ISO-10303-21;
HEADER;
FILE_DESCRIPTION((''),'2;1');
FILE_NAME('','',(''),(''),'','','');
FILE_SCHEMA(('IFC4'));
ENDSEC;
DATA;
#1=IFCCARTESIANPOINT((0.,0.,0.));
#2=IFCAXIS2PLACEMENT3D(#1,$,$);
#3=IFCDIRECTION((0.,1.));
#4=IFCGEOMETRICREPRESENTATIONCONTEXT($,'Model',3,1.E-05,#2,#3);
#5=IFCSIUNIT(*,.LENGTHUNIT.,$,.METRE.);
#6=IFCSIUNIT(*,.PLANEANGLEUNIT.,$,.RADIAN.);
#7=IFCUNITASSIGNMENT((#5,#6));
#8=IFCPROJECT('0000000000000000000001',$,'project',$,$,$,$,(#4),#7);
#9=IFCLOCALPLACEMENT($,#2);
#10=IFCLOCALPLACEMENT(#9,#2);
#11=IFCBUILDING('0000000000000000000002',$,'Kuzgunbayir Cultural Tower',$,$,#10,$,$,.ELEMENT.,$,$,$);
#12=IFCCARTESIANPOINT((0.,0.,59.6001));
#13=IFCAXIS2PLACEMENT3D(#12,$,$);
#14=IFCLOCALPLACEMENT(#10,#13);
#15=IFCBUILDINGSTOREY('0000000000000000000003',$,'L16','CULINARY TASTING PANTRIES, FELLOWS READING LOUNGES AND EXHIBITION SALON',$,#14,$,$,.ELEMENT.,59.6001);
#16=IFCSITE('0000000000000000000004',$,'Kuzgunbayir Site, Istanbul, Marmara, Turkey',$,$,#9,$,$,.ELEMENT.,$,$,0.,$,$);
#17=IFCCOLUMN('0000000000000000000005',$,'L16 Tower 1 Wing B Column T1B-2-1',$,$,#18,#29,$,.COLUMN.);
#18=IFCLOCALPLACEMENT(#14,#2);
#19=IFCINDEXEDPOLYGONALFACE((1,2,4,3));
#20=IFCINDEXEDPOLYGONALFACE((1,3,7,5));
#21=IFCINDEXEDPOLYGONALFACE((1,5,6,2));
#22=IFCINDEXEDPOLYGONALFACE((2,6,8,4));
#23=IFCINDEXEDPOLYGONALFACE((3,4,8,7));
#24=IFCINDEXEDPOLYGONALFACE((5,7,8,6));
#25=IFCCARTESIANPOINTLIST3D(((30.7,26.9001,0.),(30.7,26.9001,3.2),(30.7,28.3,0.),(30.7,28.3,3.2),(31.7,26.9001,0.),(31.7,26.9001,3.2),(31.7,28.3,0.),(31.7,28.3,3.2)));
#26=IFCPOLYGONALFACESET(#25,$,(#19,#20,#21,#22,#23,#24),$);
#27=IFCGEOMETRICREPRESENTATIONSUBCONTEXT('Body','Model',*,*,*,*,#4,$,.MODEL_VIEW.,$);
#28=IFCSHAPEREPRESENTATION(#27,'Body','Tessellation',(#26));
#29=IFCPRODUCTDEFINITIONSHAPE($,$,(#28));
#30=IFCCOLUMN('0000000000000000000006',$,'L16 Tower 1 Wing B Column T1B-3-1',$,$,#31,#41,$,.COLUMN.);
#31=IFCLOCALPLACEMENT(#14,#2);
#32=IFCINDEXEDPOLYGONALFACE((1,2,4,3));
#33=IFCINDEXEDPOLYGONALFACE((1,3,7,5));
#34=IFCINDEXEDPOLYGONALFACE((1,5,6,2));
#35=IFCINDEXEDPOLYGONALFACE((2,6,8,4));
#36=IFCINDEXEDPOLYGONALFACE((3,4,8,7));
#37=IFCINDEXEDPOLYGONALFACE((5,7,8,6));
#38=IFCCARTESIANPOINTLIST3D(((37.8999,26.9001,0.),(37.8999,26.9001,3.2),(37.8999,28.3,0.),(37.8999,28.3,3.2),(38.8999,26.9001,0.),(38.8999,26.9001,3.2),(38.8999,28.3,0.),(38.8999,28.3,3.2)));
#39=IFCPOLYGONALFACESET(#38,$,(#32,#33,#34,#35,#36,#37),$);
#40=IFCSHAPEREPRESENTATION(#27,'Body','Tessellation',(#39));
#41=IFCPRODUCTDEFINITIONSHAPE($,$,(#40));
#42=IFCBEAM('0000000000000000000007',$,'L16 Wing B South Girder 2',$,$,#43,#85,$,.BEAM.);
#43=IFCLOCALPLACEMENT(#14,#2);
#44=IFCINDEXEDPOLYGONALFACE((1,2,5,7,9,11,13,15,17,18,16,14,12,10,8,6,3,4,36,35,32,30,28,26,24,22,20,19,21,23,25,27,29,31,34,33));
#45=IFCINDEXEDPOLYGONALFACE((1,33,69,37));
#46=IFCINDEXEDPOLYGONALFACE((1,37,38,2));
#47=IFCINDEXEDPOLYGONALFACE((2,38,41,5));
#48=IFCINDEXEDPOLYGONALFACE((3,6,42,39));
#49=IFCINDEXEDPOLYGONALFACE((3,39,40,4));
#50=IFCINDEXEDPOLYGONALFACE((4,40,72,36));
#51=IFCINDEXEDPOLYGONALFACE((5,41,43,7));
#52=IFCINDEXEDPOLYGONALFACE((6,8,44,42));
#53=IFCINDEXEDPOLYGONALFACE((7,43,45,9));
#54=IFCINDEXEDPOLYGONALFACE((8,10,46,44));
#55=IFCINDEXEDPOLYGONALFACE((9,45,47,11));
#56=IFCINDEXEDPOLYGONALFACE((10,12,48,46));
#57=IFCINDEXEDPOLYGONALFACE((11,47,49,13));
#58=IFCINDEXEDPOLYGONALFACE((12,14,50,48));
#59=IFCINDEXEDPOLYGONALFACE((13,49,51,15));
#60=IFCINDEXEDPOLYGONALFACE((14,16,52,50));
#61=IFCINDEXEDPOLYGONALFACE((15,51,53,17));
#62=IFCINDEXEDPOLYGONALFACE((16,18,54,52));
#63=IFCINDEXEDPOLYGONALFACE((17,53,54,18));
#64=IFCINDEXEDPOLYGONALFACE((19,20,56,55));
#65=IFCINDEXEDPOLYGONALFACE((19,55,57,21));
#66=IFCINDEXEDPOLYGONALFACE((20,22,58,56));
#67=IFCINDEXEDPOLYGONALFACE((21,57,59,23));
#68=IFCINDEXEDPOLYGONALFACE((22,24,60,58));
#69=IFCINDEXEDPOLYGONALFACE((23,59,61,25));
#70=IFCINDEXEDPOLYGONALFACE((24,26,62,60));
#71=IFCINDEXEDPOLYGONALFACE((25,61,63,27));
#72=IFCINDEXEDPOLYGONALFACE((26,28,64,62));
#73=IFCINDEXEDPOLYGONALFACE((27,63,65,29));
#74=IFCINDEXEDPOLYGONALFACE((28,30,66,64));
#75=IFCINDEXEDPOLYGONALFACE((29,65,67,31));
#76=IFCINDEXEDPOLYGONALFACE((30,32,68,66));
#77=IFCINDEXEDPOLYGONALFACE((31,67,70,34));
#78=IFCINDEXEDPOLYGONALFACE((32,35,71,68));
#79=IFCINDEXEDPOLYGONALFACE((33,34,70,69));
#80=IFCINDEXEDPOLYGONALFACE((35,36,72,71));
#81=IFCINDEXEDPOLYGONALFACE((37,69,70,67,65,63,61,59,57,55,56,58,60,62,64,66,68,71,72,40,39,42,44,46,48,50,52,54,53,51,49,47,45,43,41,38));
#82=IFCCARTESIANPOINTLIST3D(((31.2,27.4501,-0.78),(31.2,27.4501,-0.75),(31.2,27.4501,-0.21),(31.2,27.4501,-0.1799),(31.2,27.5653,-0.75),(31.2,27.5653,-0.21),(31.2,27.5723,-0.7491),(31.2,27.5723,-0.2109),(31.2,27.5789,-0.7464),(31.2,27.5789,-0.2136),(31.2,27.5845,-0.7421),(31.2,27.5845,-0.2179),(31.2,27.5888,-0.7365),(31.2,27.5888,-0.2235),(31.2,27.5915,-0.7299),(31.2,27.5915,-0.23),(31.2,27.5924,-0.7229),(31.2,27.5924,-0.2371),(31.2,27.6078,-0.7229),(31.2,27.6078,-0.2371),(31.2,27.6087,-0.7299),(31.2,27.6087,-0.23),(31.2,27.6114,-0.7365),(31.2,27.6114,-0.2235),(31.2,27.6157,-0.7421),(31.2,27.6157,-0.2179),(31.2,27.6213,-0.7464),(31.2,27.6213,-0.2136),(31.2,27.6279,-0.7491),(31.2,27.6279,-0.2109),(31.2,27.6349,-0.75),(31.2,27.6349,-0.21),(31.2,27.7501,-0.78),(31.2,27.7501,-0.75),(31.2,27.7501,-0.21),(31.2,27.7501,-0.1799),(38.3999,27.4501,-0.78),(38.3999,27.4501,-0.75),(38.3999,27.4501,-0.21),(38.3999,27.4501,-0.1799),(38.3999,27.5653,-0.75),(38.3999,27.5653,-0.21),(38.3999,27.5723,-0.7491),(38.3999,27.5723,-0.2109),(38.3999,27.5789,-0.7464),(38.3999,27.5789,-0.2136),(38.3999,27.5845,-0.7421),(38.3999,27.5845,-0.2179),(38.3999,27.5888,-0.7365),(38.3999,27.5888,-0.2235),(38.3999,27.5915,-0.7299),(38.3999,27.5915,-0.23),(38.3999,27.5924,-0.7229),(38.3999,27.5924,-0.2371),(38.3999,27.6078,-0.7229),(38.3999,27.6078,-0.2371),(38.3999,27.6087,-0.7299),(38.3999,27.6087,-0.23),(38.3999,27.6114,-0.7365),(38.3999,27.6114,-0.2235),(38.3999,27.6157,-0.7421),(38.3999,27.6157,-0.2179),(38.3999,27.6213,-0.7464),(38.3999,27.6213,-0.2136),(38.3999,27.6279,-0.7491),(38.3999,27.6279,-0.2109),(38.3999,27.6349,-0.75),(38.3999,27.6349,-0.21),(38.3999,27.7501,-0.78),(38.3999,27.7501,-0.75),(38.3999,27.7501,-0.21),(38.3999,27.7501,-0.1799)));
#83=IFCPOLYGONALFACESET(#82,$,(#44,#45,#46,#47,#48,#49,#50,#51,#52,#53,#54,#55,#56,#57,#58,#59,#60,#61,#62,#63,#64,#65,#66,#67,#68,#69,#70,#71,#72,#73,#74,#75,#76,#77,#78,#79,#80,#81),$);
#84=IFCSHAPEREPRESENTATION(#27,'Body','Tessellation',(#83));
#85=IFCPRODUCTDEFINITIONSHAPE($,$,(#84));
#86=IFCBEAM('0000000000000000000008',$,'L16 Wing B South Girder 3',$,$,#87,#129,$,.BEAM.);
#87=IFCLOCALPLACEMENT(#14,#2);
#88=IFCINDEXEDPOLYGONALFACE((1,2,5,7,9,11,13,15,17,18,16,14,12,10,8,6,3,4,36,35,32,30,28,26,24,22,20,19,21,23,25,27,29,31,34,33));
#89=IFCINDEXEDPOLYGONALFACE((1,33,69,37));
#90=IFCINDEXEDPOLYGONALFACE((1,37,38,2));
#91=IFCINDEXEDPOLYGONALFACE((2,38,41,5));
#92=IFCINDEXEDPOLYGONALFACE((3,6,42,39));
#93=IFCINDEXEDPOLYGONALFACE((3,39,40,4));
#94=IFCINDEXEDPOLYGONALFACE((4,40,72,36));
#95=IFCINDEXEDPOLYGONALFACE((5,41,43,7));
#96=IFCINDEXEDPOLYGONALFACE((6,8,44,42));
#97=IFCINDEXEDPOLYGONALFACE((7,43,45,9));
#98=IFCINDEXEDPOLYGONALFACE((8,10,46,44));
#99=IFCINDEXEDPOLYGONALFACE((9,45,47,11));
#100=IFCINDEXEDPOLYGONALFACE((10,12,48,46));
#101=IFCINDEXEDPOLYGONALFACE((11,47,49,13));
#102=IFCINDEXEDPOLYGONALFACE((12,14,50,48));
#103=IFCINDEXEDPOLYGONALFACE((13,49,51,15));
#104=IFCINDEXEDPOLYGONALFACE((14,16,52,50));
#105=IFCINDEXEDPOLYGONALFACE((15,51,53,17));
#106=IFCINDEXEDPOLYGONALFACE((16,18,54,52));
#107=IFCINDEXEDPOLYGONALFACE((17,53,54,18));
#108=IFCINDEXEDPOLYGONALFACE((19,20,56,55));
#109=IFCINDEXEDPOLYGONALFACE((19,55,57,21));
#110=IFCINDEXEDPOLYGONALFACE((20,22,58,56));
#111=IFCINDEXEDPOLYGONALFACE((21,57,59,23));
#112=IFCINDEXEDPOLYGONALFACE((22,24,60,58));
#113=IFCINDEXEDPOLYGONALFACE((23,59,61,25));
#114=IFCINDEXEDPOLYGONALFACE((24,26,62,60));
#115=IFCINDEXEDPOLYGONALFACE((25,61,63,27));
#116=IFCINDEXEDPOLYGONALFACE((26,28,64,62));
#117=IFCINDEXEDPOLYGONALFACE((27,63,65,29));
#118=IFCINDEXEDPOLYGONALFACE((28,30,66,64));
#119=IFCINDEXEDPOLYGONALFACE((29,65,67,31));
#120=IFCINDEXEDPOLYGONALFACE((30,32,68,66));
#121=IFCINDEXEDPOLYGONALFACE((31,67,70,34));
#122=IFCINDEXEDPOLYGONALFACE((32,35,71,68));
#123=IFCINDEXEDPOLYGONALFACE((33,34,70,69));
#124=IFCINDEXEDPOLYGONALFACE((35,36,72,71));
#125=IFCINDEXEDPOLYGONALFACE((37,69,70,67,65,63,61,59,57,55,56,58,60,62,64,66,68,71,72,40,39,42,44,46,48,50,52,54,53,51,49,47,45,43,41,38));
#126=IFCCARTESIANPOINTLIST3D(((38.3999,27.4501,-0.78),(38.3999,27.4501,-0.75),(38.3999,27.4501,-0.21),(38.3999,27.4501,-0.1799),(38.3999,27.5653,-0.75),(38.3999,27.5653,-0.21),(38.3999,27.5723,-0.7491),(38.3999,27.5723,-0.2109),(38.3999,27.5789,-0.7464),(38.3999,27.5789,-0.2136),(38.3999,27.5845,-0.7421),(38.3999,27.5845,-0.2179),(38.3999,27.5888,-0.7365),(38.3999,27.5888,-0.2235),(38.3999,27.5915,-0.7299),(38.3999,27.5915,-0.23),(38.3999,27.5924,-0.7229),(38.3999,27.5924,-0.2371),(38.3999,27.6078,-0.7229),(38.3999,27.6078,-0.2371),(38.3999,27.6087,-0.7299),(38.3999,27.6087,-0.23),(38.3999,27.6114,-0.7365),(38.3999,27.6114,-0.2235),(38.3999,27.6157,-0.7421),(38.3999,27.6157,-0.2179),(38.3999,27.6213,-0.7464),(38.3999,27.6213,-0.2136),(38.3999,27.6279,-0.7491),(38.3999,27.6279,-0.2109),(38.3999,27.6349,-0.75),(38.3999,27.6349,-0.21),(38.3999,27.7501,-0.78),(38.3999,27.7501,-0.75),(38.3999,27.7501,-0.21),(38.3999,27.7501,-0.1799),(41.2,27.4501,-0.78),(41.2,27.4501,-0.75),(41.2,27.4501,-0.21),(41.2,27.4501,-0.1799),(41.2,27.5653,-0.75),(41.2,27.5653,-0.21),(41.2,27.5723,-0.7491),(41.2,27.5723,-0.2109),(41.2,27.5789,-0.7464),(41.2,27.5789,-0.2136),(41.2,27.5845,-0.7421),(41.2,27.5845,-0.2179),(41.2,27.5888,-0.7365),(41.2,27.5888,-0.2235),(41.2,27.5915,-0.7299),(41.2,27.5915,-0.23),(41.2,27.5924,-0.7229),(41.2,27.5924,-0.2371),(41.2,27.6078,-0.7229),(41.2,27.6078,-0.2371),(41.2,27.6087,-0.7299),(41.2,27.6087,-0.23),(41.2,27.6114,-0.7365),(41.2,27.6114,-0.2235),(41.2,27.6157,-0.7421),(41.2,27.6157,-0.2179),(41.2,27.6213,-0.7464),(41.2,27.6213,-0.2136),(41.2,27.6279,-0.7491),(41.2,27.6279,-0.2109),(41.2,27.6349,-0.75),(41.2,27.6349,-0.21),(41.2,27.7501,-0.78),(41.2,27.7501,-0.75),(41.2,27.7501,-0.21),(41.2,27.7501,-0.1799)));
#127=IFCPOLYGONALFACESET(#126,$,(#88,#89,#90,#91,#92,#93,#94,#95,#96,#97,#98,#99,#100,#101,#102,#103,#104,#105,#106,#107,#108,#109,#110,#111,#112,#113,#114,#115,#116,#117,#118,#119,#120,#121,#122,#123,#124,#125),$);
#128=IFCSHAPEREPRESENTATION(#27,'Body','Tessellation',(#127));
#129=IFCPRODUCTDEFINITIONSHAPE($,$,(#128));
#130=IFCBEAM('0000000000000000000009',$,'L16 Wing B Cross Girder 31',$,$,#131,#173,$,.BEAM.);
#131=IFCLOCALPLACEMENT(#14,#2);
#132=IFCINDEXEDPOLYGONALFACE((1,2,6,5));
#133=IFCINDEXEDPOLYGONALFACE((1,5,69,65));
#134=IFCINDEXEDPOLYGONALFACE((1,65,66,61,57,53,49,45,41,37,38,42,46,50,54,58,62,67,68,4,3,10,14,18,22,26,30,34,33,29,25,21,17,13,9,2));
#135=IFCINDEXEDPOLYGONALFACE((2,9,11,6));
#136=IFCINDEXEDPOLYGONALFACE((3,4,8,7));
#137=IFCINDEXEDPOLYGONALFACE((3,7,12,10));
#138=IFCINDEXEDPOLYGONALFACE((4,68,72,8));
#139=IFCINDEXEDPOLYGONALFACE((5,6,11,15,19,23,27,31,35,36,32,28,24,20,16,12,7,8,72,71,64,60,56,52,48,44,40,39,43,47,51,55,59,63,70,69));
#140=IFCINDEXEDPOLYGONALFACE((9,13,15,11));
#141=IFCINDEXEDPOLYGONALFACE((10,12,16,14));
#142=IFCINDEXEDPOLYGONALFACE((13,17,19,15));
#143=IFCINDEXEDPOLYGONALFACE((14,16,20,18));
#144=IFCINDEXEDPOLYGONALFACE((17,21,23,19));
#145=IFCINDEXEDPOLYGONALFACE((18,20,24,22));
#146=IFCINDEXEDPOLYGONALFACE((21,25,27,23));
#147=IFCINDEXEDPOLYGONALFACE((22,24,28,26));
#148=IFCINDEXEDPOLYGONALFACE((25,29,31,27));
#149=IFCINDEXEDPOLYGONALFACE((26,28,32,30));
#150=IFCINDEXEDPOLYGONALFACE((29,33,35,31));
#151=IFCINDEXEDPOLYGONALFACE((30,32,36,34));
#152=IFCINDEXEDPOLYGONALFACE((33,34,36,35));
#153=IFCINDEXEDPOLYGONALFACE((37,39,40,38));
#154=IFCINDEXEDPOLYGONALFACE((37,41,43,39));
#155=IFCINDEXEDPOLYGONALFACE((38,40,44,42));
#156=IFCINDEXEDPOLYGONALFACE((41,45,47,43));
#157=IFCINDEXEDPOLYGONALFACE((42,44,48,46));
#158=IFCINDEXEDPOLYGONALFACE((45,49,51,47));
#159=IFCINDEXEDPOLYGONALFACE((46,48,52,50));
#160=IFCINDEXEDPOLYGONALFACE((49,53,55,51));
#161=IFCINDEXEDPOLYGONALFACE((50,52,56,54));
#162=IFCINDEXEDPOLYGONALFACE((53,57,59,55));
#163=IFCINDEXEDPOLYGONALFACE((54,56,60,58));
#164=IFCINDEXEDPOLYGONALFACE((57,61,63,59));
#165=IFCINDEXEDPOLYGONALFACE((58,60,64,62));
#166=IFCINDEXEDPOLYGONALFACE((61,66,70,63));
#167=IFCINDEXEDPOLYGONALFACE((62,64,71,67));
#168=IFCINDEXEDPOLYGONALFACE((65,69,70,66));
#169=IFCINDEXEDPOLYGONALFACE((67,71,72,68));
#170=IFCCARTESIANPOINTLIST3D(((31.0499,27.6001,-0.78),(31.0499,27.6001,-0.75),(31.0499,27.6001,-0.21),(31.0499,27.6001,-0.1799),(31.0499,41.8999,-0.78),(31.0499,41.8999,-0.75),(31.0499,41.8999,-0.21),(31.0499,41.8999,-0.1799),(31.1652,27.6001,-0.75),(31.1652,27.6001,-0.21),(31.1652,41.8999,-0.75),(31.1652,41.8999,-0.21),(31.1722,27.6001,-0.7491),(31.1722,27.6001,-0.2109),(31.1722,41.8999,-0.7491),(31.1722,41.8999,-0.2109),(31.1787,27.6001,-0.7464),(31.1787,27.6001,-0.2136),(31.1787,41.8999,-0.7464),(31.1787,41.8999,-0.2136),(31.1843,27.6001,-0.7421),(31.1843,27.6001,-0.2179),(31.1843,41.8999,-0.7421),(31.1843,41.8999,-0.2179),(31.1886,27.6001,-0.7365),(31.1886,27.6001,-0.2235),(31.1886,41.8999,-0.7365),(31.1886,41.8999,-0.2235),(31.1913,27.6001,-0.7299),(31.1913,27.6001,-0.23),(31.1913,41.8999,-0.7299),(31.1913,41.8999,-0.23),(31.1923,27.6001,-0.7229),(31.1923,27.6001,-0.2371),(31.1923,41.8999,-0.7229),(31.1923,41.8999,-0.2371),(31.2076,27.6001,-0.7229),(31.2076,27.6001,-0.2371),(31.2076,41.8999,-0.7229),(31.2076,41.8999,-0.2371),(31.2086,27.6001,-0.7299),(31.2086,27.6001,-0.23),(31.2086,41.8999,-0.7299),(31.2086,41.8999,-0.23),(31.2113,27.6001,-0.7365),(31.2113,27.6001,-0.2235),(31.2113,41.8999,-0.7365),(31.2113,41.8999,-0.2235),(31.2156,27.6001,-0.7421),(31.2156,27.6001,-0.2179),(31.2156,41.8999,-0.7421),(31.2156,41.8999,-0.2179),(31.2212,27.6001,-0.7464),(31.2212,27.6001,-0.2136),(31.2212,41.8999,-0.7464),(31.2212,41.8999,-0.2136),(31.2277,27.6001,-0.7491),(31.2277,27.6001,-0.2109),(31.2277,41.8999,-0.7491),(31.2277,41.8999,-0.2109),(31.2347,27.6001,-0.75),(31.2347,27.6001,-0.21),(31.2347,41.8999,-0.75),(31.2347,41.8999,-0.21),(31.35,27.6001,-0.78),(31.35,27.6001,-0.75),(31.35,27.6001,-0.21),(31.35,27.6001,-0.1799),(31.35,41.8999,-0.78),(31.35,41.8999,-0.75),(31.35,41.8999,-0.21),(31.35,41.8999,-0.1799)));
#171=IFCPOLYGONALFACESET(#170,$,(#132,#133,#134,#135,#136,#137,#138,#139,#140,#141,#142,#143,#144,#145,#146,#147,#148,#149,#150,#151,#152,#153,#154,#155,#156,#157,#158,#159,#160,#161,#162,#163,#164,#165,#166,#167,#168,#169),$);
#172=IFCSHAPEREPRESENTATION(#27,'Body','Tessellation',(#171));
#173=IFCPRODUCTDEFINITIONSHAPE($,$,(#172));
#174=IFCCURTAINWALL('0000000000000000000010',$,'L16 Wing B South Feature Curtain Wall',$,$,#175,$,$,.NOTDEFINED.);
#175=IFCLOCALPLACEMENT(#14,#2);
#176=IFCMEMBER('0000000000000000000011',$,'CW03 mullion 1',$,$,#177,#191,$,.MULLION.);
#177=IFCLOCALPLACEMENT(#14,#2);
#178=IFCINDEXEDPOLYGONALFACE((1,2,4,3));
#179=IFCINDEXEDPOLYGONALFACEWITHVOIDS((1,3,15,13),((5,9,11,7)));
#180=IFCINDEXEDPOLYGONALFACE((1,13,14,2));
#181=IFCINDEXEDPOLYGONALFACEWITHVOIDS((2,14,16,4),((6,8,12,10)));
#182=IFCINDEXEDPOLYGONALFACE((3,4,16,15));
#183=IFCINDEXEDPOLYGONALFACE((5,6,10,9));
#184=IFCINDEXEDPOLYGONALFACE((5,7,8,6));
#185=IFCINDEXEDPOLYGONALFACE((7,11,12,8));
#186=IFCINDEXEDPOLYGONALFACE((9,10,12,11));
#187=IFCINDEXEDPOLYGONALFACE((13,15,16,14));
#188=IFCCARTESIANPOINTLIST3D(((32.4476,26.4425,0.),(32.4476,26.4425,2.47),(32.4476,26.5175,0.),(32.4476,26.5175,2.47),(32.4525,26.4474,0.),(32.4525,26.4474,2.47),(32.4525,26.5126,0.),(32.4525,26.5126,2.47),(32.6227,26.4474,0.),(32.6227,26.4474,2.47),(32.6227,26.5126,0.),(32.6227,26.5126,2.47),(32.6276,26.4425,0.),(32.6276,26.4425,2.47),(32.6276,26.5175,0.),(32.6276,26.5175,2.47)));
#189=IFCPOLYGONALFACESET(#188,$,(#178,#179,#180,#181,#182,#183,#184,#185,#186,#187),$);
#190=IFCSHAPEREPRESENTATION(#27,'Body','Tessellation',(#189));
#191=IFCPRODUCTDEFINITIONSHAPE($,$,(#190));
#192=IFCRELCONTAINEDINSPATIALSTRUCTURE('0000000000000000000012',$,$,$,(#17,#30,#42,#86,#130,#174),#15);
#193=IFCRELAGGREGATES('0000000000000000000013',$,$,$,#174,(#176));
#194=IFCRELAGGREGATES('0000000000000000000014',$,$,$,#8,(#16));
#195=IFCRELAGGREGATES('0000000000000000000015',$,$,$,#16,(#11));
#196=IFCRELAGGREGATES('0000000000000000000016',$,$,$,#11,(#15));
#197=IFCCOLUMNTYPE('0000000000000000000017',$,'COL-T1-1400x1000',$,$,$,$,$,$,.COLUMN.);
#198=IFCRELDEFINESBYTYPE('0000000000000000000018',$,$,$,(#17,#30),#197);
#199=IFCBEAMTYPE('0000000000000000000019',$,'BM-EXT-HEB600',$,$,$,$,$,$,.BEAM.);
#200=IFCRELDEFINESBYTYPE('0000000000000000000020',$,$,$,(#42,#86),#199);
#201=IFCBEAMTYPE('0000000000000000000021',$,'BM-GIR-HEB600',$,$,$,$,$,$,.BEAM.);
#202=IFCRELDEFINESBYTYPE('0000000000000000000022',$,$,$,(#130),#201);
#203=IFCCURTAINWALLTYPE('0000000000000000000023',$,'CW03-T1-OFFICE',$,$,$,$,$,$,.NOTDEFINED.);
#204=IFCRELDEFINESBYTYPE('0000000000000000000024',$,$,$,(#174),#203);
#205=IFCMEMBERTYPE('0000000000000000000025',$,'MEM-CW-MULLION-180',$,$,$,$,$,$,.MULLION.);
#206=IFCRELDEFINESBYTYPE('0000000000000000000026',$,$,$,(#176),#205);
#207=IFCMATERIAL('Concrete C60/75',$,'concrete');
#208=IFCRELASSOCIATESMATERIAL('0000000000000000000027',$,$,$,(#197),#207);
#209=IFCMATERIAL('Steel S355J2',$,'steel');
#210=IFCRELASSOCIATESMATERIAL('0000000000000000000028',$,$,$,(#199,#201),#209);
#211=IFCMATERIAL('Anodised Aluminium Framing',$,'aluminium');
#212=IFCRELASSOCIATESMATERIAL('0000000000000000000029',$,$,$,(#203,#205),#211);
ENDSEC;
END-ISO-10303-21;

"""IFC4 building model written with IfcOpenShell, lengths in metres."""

from ifc_helpers import new_model, si_unit, direction, frame, origin, origin_2d, place, context, subcontext, project, spatial, rectangle, hollow_rectangle, i_section, extrude, material, material_profile, profile_set, type_object, element, aggregate, save


model = new_model("IFC4")

# Units and contexts
model_context = context("Model", 3, precision=1e-05, world=origin(), true_north=direction((0.0, 1.0)))
body_context = subcontext(model_context, "Body", "Model", "MODEL_VIEW")
ifc_project = project(units=[si_unit("LENGTHUNIT", "METRE"), si_unit("PLANEANGLEUNIT", "RADIAN")], contexts=[model_context])

# Site, building, storey
site_placement = place(None, origin())
site = spatial("IfcSite", under=ifc_project, at=site_placement, Name="Kuzgunbayir Site, Istanbul, Marmara, Turkey", CompositionType="ELEMENT", RefElevation=0.0)
building_placement = place(site_placement, origin())
building = spatial("IfcBuilding", under=site, at=building_placement, Name="Kuzgunbayir Cultural Tower", CompositionType="ELEMENT")
storey_placement = place(building_placement, frame((0.0, 0.0, 59.6001)))
storey = spatial("IfcBuildingStorey", under=building, at=storey_placement, Name="L16", Description="CULINARY TASTING PANTRIES, FELLOWS READING LOUNGES AND EXHIBITION SALON", CompositionType="ELEMENT", Elevation=59.6001)

# Columns
ifc_material_1 = material(Name="Concrete C60/75", Category="concrete")
ifc_material_profile_1 = material_profile(ifc_material_1, rectangle(XDim=1.0, YDim=1.3999, at=origin_2d()), Name="RC 1400x1000")
ifc_profile_set_1 = profile_set([ifc_material_profile_1], Name="Concrete C60/75")
column_type = type_object("IfcColumnType", Name="COL-T1-1400x1000", PredefinedType="COLUMN", material=ifc_profile_set_1)
for number, where, z_axis, x_axis, name in (
    (1, (31.2, 27.6001, 0.0), (0.0, 0.0, 1.0), (1.0, 0.0, 0.0), "L16 Tower 1 Wing B Column T1B-2-1"),
    (2, (38.3999, 27.6001, 0.0), (0.0, 0.0, 1.0), (1.0, 0.0, 0.0), "L16 Tower 1 Wing B Column T1B-3-1"),
):
    element("IfcColumn", number, at=place(storey_placement, frame(where, z_axis=z_axis, x_axis=x_axis)), inside=storey, type_object=column_type, Name=name, PredefinedType="COLUMN", context=body_context, shape_type="SweptSolid", body=[
        extrude(rectangle(XDim=1.0, YDim=1.3999, at=origin_2d()), origin(), (0.0, 0.0, 1.0), 3.2),
    ])

# Beams
ifc_material_2 = material(Name="Steel S355J2", Category="steel")
ifc_material_profile_2 = material_profile(ifc_material_2, i_section(OverallWidth=0.3, OverallDepth=0.6001, WebThickness=0.0154, FlangeThickness=0.03, FilletRadius=0.0271, at=origin_2d()), Name="HEB 600")
ifc_profile_set_2 = profile_set([ifc_material_profile_2], Name="Steel S355J2")
beam_type_1 = type_object("IfcBeamType", Name="BM-EXT-HEB600", PredefinedType="BEAM", material=ifc_profile_set_2)
beam_1_placement = place(storey_placement, frame((31.2, 27.6001, -0.48), z_axis=(1.0, 0.0, 0.0), x_axis=(0.0, 1.0, 0.0)))
element("IfcBeam", 3, at=beam_1_placement, inside=storey, type_object=beam_type_1, Name="L16 Wing B South Girder 2", PredefinedType="BEAM", context=body_context, shape_type="SweptSolid", body=[
    extrude(i_section(OverallWidth=0.3, OverallDepth=0.6001, WebThickness=0.0154, FlangeThickness=0.03, FilletRadius=0.0271, at=origin_2d()), origin(), (0.0, 0.0, 1.0), 7.2),
])
beam_2_placement = place(storey_placement, frame((38.3999, 27.6001, -0.48), z_axis=(1.0, 0.0, 0.0), x_axis=(0.0, 1.0, 0.0)))
element("IfcBeam", 4, at=beam_2_placement, inside=storey, type_object=beam_type_1, Name="L16 Wing B South Girder 3", PredefinedType="BEAM", context=body_context, shape_type="SweptSolid", body=[
    extrude(i_section(OverallWidth=0.3, OverallDepth=0.6001, WebThickness=0.0154, FlangeThickness=0.03, FilletRadius=0.0271, at=origin_2d()), origin(), (0.0, 0.0, 1.0), 2.8),
])
ifc_material_profile_3 = material_profile(ifc_material_2, i_section(OverallWidth=0.3, OverallDepth=0.6001, WebThickness=0.0154, FlangeThickness=0.03, FilletRadius=0.0271, at=origin_2d()), Name="HEB 600")
ifc_profile_set_3 = profile_set([ifc_material_profile_3], Name="Steel S355J2")
beam_type_2 = type_object("IfcBeamType", Name="BM-GIR-HEB600", PredefinedType="BEAM", material=ifc_profile_set_3)
beam_3_placement = place(storey_placement, frame((31.2, 27.6001, -0.48), z_axis=(0.0, 1.0, 0.0), x_axis=(-1.0, 0.0, 0.0)))
element("IfcBeam", 5, at=beam_3_placement, inside=storey, type_object=beam_type_2, Name="L16 Wing B Cross Girder 31", PredefinedType="BEAM", context=body_context, shape_type="SweptSolid", body=[
    extrude(i_section(OverallWidth=0.3, OverallDepth=0.6001, WebThickness=0.0154, FlangeThickness=0.03, FilletRadius=0.0271, at=origin_2d()), origin(), (0.0, 0.0, 1.0), 14.2998),
])

# Curtain wall, member
ifc_material_3 = material(Name="Anodised Aluminium Framing", Category="aluminium")
curtain_wall_type = type_object("IfcCurtainWallType", Name="CW03-T1-OFFICE", PredefinedType="NOTDEFINED", material=ifc_material_3)
curtain_wall_placement = place(storey_placement, origin())
curtain_wall = element("IfcCurtainWall", 6, at=curtain_wall_placement, inside=storey, type_object=curtain_wall_type, Name="L16 Wing B South Feature Curtain Wall", PredefinedType="NOTDEFINED")
ifc_material_profile_4 = material_profile(ifc_material_3, hollow_rectangle(XDim=0.075, YDim=0.1799, WallThickness=0.0049, at=origin_2d()), Name="RHS 180x75x5")
ifc_profile_set_4 = profile_set([ifc_material_profile_4], Name="Anodised Aluminium Framing")
member_type_1 = type_object("IfcMemberType", Name="MEM-CW-MULLION-180", PredefinedType="MULLION", material=ifc_profile_set_4)
member_1_placement = place(storey_placement, frame((32.5376, 26.48, 0.0), z_axis=(0.0, 0.0, 1.0), x_axis=(0.0, 1.0, 0.0)))
member_1 = element("IfcMember", 7, at=member_1_placement, type_object=member_type_1, Name="CW03 mullion 1", PredefinedType="MULLION", context=body_context, shape_type="SweptSolid", body=[
    extrude(hollow_rectangle(XDim=0.075, YDim=0.1799, WallThickness=0.0049, at=origin_2d()), origin(), (0.0, 0.0, 1.0), 2.47),
])
aggregate(curtain_wall, [member_1])

save(model, "model.ifc")
